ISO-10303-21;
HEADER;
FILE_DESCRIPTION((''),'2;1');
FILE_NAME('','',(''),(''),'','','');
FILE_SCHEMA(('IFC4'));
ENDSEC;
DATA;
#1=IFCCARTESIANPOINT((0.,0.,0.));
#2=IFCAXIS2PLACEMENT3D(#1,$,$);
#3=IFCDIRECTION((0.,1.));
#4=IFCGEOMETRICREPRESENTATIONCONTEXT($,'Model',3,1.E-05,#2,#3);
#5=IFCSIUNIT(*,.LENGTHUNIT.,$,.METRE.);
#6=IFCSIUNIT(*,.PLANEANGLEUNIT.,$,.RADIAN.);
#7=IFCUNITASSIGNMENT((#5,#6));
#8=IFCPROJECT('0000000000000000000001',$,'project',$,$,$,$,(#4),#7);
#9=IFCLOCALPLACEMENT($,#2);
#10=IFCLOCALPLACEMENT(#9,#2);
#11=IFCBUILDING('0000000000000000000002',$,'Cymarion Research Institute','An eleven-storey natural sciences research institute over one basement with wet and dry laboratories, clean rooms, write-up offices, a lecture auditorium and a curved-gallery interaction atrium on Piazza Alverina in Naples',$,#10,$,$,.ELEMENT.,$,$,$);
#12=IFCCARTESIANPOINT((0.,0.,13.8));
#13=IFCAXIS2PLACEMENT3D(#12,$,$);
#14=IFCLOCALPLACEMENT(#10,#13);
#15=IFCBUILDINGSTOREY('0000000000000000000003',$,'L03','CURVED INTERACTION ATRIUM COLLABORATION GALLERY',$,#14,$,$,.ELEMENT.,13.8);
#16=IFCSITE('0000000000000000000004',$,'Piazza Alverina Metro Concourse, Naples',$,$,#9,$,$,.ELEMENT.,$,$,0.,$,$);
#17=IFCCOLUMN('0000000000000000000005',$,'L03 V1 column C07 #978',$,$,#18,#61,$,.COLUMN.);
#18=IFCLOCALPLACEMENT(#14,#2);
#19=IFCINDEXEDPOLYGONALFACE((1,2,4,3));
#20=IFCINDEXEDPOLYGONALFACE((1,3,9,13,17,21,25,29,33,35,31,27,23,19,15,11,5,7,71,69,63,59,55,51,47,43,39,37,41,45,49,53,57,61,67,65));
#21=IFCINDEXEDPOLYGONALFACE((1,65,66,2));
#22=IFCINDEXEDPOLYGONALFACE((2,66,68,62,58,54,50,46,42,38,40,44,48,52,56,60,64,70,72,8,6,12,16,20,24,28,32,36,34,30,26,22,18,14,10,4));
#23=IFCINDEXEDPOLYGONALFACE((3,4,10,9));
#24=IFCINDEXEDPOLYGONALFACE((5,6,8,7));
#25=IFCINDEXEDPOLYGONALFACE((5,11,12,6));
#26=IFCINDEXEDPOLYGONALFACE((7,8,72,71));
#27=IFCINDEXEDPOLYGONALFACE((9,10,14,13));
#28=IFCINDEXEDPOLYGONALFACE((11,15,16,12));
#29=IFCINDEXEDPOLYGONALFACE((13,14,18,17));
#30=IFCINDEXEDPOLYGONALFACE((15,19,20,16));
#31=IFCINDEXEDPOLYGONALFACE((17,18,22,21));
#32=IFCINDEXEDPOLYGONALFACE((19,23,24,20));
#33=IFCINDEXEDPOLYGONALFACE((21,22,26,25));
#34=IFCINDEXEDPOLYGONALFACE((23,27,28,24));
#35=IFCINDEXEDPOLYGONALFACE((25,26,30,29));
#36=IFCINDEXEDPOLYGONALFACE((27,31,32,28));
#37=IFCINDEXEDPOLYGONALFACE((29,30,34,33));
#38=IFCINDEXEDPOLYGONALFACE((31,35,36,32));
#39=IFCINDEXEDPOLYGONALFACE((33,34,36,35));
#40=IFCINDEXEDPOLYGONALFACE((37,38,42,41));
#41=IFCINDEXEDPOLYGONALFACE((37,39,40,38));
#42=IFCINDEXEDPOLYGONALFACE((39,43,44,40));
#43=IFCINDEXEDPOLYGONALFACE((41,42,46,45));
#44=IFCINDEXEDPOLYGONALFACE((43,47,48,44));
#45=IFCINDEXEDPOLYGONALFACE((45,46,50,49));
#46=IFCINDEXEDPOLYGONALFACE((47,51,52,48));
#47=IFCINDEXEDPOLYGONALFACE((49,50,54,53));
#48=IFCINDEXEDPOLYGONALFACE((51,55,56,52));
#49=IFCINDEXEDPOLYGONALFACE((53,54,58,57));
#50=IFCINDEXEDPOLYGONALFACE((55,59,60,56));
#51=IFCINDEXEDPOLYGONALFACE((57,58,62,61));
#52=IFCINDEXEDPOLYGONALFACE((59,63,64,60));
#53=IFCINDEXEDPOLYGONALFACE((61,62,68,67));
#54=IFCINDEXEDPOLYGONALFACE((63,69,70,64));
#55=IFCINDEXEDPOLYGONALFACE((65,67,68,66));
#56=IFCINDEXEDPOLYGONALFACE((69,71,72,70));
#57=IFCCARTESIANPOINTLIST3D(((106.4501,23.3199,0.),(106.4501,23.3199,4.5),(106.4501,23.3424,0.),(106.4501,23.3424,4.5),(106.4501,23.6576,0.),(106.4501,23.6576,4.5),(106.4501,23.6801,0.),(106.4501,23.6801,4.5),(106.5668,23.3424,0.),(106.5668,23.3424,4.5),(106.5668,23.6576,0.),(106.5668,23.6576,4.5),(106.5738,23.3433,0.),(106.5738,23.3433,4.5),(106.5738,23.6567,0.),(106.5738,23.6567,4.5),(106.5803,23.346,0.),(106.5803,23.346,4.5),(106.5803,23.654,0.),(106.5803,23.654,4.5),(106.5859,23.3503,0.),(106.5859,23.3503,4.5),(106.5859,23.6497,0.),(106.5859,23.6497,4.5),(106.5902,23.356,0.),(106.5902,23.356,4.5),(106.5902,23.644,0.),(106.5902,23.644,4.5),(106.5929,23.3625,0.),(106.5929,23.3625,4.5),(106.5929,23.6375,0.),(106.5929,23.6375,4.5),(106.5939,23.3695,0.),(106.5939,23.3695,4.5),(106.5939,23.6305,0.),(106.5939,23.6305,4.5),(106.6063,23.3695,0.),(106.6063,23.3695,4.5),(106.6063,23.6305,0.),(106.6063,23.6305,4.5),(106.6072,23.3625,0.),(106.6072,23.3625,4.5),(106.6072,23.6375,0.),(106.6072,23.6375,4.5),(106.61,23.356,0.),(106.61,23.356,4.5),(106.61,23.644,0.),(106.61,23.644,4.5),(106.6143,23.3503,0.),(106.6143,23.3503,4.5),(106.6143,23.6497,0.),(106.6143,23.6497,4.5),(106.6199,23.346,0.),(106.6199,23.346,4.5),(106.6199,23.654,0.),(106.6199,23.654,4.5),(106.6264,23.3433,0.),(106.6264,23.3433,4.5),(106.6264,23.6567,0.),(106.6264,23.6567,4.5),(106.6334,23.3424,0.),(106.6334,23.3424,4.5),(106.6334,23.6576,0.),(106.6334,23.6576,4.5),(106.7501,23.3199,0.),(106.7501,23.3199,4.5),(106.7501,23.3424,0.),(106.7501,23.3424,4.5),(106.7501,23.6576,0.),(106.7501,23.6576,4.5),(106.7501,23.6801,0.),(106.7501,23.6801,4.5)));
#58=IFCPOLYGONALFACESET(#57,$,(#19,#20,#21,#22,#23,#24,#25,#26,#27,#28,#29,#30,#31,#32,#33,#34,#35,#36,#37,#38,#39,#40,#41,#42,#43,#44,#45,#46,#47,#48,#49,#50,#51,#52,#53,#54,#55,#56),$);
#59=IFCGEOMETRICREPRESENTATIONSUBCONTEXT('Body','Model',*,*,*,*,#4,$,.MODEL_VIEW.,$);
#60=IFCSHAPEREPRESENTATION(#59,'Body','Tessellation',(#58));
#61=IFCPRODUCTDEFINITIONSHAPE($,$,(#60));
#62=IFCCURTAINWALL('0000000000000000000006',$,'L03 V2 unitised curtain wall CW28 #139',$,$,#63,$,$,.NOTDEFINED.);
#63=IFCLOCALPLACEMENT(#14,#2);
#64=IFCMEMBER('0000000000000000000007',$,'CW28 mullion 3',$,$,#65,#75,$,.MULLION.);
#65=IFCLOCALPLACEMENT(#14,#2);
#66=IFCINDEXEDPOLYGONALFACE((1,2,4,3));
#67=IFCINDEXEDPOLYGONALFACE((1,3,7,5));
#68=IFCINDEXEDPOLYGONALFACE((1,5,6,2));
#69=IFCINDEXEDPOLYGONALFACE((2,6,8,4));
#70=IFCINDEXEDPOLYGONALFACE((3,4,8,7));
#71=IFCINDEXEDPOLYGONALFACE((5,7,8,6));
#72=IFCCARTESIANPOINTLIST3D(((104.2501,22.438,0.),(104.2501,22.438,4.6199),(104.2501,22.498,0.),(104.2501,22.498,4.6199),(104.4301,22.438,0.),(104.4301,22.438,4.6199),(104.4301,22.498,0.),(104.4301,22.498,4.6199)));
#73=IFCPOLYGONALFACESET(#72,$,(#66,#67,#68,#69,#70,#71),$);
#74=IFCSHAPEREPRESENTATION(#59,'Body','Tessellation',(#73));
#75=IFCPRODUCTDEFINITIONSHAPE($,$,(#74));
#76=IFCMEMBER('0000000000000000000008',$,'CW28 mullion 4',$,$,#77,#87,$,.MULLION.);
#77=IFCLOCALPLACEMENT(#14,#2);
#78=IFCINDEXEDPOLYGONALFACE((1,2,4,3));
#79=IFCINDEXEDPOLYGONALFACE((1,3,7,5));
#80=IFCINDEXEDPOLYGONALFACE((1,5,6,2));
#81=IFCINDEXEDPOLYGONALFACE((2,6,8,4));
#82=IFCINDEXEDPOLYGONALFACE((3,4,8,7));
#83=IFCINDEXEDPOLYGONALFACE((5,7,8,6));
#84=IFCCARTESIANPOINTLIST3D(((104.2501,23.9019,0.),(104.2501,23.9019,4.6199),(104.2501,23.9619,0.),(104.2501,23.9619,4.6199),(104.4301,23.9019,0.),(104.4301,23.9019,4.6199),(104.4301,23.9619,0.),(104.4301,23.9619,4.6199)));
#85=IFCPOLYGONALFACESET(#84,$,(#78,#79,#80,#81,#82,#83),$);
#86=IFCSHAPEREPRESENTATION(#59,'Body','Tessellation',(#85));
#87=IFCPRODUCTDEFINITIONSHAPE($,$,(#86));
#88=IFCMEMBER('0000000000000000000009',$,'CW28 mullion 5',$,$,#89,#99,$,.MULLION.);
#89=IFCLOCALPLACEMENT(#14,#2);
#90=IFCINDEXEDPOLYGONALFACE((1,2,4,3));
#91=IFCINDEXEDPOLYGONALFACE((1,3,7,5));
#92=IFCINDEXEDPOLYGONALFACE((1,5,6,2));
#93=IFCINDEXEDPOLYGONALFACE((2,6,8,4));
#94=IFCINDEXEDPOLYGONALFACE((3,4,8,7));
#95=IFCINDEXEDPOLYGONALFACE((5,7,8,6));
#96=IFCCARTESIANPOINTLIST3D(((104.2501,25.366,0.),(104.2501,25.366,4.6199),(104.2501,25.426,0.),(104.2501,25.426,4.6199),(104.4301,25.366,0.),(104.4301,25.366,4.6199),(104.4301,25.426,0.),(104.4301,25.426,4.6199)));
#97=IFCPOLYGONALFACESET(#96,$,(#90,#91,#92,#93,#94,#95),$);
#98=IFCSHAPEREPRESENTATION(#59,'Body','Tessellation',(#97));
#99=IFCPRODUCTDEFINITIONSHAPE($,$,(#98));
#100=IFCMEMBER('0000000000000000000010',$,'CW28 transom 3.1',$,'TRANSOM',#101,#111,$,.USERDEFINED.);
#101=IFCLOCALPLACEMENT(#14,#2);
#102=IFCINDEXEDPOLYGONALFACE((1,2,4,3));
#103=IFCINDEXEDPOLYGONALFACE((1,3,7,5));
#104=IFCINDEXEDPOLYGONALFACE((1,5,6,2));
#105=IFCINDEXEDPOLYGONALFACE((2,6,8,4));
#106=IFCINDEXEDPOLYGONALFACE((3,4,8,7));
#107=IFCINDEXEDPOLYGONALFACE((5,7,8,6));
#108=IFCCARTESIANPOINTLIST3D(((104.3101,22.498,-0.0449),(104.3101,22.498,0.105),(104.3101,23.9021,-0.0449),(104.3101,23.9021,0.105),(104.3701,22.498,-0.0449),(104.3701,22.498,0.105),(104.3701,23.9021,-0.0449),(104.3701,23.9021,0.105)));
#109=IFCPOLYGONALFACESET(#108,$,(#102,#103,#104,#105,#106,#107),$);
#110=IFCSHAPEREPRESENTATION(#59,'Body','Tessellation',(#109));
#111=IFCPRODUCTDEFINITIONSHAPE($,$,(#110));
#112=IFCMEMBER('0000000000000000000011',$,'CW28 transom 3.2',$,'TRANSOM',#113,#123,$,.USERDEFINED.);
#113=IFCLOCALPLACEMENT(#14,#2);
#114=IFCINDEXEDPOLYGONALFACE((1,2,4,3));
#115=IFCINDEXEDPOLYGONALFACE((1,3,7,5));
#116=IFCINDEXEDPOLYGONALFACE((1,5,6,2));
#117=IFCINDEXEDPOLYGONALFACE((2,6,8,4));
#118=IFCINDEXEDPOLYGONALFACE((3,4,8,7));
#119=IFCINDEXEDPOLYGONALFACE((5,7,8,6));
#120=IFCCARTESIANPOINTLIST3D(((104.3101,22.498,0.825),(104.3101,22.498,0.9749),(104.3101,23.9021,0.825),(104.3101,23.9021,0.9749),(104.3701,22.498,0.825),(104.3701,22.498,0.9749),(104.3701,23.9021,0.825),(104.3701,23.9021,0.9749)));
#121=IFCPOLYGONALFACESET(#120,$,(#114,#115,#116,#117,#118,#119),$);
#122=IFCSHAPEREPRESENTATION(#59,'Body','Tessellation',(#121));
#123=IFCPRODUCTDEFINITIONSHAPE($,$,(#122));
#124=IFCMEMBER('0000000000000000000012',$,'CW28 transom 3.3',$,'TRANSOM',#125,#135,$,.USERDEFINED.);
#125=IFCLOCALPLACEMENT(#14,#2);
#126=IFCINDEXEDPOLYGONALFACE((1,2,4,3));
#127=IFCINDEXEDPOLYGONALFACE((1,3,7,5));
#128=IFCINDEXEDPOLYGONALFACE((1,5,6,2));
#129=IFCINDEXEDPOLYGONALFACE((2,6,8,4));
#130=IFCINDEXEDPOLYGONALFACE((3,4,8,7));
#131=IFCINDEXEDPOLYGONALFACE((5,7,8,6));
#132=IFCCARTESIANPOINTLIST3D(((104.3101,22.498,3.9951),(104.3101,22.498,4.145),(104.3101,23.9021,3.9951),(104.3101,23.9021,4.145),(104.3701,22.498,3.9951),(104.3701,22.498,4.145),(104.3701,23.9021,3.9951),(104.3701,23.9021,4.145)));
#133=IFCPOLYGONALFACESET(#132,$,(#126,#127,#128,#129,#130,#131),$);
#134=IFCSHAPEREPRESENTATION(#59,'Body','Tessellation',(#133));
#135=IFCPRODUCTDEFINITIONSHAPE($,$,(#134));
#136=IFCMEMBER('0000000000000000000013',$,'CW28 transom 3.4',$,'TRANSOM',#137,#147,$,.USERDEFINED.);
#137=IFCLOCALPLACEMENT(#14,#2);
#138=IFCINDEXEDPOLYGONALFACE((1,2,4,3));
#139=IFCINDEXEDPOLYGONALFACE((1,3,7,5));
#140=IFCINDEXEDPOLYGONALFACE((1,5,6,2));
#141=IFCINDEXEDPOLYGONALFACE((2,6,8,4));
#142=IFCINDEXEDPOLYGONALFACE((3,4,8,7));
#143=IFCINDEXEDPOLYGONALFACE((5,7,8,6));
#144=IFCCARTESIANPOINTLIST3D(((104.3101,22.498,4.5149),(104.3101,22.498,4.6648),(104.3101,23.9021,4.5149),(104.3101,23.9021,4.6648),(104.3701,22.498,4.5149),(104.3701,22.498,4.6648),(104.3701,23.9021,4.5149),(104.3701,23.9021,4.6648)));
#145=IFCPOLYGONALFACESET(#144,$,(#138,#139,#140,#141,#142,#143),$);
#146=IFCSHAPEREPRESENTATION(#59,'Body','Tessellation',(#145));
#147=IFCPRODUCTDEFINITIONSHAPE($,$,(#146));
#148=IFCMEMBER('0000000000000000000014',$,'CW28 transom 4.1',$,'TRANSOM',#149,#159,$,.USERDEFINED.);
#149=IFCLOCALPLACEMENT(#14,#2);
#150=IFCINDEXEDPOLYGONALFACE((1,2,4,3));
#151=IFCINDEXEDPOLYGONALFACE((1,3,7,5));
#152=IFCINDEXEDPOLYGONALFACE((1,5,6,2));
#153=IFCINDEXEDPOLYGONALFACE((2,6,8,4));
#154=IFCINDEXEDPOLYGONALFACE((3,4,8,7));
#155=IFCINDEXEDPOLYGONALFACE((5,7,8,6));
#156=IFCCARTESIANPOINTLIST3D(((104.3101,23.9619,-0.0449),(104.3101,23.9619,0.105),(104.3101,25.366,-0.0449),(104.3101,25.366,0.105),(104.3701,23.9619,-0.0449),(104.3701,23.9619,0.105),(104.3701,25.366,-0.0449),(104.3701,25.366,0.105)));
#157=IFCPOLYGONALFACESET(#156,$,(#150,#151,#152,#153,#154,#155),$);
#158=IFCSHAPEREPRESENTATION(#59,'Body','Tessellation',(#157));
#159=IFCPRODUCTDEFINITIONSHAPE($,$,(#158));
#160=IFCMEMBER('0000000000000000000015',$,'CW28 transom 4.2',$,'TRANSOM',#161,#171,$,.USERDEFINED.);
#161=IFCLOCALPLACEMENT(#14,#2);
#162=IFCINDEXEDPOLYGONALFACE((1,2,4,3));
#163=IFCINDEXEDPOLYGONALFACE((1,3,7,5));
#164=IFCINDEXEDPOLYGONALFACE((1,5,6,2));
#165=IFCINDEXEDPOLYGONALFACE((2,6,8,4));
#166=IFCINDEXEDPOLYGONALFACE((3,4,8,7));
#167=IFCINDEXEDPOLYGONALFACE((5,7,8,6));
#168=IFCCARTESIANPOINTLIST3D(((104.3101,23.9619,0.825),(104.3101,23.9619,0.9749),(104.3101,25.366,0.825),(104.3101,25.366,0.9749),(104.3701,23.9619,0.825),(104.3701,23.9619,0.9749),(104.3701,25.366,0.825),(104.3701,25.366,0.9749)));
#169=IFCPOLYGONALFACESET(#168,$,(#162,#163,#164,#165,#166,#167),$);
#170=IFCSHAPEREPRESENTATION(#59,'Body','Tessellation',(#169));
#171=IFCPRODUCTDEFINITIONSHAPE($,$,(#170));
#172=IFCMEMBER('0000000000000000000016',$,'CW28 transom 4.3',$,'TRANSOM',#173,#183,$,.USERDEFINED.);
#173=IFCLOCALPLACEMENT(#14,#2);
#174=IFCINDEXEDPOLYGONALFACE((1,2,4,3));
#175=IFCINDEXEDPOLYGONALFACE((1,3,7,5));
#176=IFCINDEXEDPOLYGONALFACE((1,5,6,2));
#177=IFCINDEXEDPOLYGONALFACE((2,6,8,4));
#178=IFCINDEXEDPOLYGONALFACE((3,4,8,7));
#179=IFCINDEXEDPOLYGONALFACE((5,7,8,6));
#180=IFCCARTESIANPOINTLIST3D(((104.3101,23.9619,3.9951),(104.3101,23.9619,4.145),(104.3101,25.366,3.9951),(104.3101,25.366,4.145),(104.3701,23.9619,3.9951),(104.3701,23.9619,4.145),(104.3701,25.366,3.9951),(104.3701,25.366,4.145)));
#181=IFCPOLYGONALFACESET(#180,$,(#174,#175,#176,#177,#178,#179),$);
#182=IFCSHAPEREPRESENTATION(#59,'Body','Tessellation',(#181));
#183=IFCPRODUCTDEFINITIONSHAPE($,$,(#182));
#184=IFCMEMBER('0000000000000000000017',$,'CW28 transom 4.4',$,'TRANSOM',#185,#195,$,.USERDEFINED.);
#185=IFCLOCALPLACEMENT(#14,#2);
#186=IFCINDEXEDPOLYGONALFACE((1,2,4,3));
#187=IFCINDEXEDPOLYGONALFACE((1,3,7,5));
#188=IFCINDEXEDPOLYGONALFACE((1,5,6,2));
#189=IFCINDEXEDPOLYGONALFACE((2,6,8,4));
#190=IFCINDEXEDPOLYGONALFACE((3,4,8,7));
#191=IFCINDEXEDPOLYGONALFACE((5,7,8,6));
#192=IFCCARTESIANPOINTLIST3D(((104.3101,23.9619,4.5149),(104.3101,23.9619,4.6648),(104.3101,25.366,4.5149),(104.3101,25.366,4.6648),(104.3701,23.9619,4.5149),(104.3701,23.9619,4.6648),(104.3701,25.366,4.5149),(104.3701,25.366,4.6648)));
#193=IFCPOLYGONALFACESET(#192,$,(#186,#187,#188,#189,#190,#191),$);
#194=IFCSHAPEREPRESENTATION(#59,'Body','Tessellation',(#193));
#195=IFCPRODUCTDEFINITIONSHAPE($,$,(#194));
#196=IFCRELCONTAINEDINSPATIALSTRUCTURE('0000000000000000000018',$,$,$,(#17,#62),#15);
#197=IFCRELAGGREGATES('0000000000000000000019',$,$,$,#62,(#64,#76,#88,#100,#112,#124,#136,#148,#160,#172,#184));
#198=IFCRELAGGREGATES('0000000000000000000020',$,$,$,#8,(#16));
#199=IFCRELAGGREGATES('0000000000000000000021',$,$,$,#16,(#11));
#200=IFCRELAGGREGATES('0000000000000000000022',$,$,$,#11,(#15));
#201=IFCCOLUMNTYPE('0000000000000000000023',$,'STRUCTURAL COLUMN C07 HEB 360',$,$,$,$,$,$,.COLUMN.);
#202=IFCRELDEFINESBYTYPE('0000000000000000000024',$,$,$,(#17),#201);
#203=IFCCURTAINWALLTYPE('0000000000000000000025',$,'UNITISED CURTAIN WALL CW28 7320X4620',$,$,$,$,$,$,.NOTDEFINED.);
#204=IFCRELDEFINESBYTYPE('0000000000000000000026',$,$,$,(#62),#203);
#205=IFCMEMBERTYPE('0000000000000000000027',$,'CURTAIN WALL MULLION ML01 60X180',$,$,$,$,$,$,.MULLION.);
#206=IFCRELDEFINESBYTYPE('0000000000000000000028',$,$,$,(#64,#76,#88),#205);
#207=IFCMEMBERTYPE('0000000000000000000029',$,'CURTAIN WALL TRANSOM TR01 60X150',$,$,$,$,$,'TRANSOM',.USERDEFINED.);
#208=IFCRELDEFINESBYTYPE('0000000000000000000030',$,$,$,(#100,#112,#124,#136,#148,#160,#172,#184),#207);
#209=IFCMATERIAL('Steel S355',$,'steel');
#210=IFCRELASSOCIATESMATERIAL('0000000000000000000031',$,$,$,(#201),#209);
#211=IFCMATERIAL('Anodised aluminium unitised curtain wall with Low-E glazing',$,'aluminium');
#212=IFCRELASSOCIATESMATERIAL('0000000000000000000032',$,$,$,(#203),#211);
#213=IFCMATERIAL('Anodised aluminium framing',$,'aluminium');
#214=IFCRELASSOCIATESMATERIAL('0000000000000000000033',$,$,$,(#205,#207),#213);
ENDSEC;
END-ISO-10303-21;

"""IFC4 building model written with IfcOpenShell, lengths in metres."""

from ifc_helpers import new_model, si_unit, direction, frame, origin, origin_2d, place, context, subcontext, project, spatial, rectangle, i_section, extrude, material, material_profile, profile_set, type_object, element, aggregate, save


model = new_model("IFC4")

# Units and contexts
model_context = context("Model", 3, precision=1e-05, world=origin(), true_north=direction((0.0, 1.0)))
body_context = subcontext(model_context, "Body", "Model", "MODEL_VIEW")
ifc_project = project(units=[si_unit("LENGTHUNIT", "METRE"), si_unit("PLANEANGLEUNIT", "RADIAN")], contexts=[model_context])

# Site, building, storey
site_placement = place(None, origin())
site = spatial("IfcSite", under=ifc_project, at=site_placement, Name="Piazza Alverina Metro Concourse, Naples", CompositionType="ELEMENT", RefElevation=0.0)
building_placement = place(site_placement, origin())
building = spatial("IfcBuilding", under=site, at=building_placement, Name="Cymarion Research Institute", Description="An eleven-storey natural sciences research institute over one basement with wet and dry laboratories, clean rooms, write-up offices, a lecture auditorium and a curved-gallery interaction atrium on Piazza Alverina in Naples", CompositionType="ELEMENT")
storey_placement = place(building_placement, frame((0.0, 0.0, 13.8)))
storey = spatial("IfcBuildingStorey", under=building, at=storey_placement, Name="L03", Description="CURVED INTERACTION ATRIUM COLLABORATION GALLERY", CompositionType="ELEMENT", Elevation=13.8)

# Column
ifc_material_1 = material(Name="Steel S355", Category="steel")
ifc_material_profile_1 = material_profile(ifc_material_1, i_section(OverallWidth=0.3, OverallDepth=0.3601, WebThickness=0.0125, FlangeThickness=0.0225, FilletRadius=0.0271, at=origin_2d()), Name="HEB 360")
ifc_profile_set_1 = profile_set([ifc_material_profile_1], Name="Steel S355")
column_type = type_object("IfcColumnType", Name="STRUCTURAL COLUMN C07 HEB 360", PredefinedType="COLUMN", material=ifc_profile_set_1)
column_placement = place(storey_placement, frame((106.6001, 23.5, 0.0), z_axis=(0.0, 0.0, 1.0), x_axis=(1.0, 0.0, 0.0)))
element("IfcColumn", 1, at=column_placement, inside=storey, type_object=column_type, Name="L03 V1 column C07 #978", PredefinedType="COLUMN", context=body_context, shape_type="SweptSolid", body=[
    extrude(i_section(OverallWidth=0.3, OverallDepth=0.3601, WebThickness=0.0125, FlangeThickness=0.0225, FilletRadius=0.0271, at=origin_2d()), origin(), (0.0, 0.0, 1.0), 4.5),
])

# Curtain wall, members
ifc_material_2 = material(Name="Anodised aluminium unitised curtain wall with Low-E glazing", Category="aluminium")
curtain_wall_type = type_object("IfcCurtainWallType", Name="UNITISED CURTAIN WALL CW28 7320X4620", PredefinedType="NOTDEFINED", material=ifc_material_2)
curtain_wall_placement = place(storey_placement, origin())
curtain_wall = element("IfcCurtainWall", 2, at=curtain_wall_placement, inside=storey, type_object=curtain_wall_type, Name="L03 V2 unitised curtain wall CW28 #139", PredefinedType="NOTDEFINED")
ifc_material_3 = material(Name="Anodised aluminium framing", Category="aluminium")
ifc_material_profile_2 = material_profile(ifc_material_3, rectangle(XDim=0.0601, YDim=0.1799, at=origin_2d()), Name="ALU MULLION 60x180")
ifc_profile_set_2 = profile_set([ifc_material_profile_2], Name="Anodised aluminium framing")
member_type_1 = type_object("IfcMemberType", Name="CURTAIN WALL MULLION ML01 60X180", PredefinedType="MULLION", material=ifc_profile_set_2)
member_1_placement = place(storey_placement, frame((104.3401, 22.468, 0.0), z_axis=(0.0, 0.0, 1.0), x_axis=(0.0, 1.0, 0.0)))
member_1 = element("IfcMember", 3, at=member_1_placement, type_object=member_type_1, Name="CW28 mullion 3", PredefinedType="MULLION", context=body_context, shape_type="SweptSolid", body=[
    extrude(rectangle(XDim=0.0601, YDim=0.1799, at=origin_2d()), origin(), (0.0, 0.0, 1.0), 4.6199),
])
member_2_placement = place(storey_placement, frame((104.3401, 23.9319, 0.0), z_axis=(0.0, 0.0, 1.0), x_axis=(0.0, 1.0, 0.0)))
member_2 = element("IfcMember", 4, at=member_2_placement, type_object=member_type_1, Name="CW28 mullion 4", PredefinedType="MULLION", context=body_context, shape_type="SweptSolid", body=[
    extrude(rectangle(XDim=0.0601, YDim=0.1799, at=origin_2d()), origin(), (0.0, 0.0, 1.0), 4.6199),
])
member_3_placement = place(storey_placement, frame((104.3401, 25.396, 0.0), z_axis=(0.0, 0.0, 1.0), x_axis=(0.0, 1.0, 0.0)))
member_3 = element("IfcMember", 5, at=member_3_placement, type_object=member_type_1, Name="CW28 mullion 5", PredefinedType="MULLION", context=body_context, shape_type="SweptSolid", body=[
    extrude(rectangle(XDim=0.0601, YDim=0.1799, at=origin_2d()), origin(), (0.0, 0.0, 1.0), 4.6199),
])
ifc_material_profile_3 = material_profile(ifc_material_3, rectangle(XDim=0.0601, YDim=0.1499, at=origin_2d()), Name="ALU TRANSOM 60x150")
ifc_profile_set_3 = profile_set([ifc_material_profile_3], Name="Anodised aluminium framing")
member_type_2 = type_object("IfcMemberType", Name="CURTAIN WALL TRANSOM TR01 60X150", ElementType="TRANSOM", PredefinedType="USERDEFINED", material=ifc_profile_set_3)
member_4_placement = place(storey_placement, frame((104.3401, 22.498, 0.03), z_axis=(0.0, 1.0, 0.0), x_axis=(-1.0, 0.0, 0.0)))
member_4 = element("IfcMember", 6, at=member_4_placement, type_object=member_type_2, Name="CW28 transom 3.1", ObjectType="TRANSOM", PredefinedType="USERDEFINED", context=body_context, shape_type="SweptSolid", body=[
    extrude(rectangle(XDim=0.0601, YDim=0.1499, at=origin_2d()), origin(), (0.0, 0.0, 1.0), 1.4041),
])
member_5_placement = place(storey_placement, frame((104.3401, 22.498, 0.8999), z_axis=(0.0, 1.0, 0.0), x_axis=(-1.0, 0.0, 0.0)))
member_5 = element("IfcMember", 7, at=member_5_placement, type_object=member_type_2, Name="CW28 transom 3.2", ObjectType="TRANSOM", PredefinedType="USERDEFINED", context=body_context, shape_type="SweptSolid", body=[
    extrude(rectangle(XDim=0.0601, YDim=0.1499, at=origin_2d()), origin(), (0.0, 0.0, 1.0), 1.4041),
])
member_6_placement = place(storey_placement, frame((104.3401, 22.498, 4.0701), z_axis=(0.0, 1.0, 0.0), x_axis=(-1.0, 0.0, 0.0)))
member_6 = element("IfcMember", 8, at=member_6_placement, type_object=member_type_2, Name="CW28 transom 3.3", ObjectType="TRANSOM", PredefinedType="USERDEFINED", context=body_context, shape_type="SweptSolid", body=[
    extrude(rectangle(XDim=0.0601, YDim=0.1499, at=origin_2d()), origin(), (0.0, 0.0, 1.0), 1.4041),
])
member_7_placement = place(storey_placement, frame((104.3401, 22.498, 4.5898), z_axis=(0.0, 1.0, 0.0), x_axis=(-1.0, 0.0, 0.0)))
member_7 = element("IfcMember", 9, at=member_7_placement, type_object=member_type_2, Name="CW28 transom 3.4", ObjectType="TRANSOM", PredefinedType="USERDEFINED", context=body_context, shape_type="SweptSolid", body=[
    extrude(rectangle(XDim=0.0601, YDim=0.1499, at=origin_2d()), origin(), (0.0, 0.0, 1.0), 1.4041),
])
member_8_placement = place(storey_placement, frame((104.3401, 23.9619, 0.03), z_axis=(0.0, 1.0, 0.0), x_axis=(-1.0, 0.0, 0.0)))
member_8 = element("IfcMember", 10, at=member_8_placement, type_object=member_type_2, Name="CW28 transom 4.1", ObjectType="TRANSOM", PredefinedType="USERDEFINED", context=body_context, shape_type="SweptSolid", body=[
    extrude(rectangle(XDim=0.0601, YDim=0.1499, at=origin_2d()), origin(), (0.0, 0.0, 1.0), 1.4041),
])
member_9_placement = place(storey_placement, frame((104.3401, 23.9619, 0.8999), z_axis=(0.0, 1.0, 0.0), x_axis=(-1.0, 0.0, 0.0)))
member_9 = element("IfcMember", 11, at=member_9_placement, type_object=member_type_2, Name="CW28 transom 4.2", ObjectType="TRANSOM", PredefinedType="USERDEFINED", context=body_context, shape_type="SweptSolid", body=[
    extrude(rectangle(XDim=0.0601, YDim=0.1499, at=origin_2d()), origin(), (0.0, 0.0, 1.0), 1.4041),
])
member_10_placement = place(storey_placement, frame((104.3401, 23.9619, 4.0701), z_axis=(0.0, 1.0, 0.0), x_axis=(-1.0, 0.0, 0.0)))
member_10 = element("IfcMember", 12, at=member_10_placement, type_object=member_type_2, Name="CW28 transom 4.3", ObjectType="TRANSOM", PredefinedType="USERDEFINED", context=body_context, shape_type="SweptSolid", body=[
    extrude(rectangle(XDim=0.0601, YDim=0.1499, at=origin_2d()), origin(), (0.0, 0.0, 1.0), 1.4041),
])
member_11_placement = place(storey_placement, frame((104.3401, 23.9619, 4.5898), z_axis=(0.0, 1.0, 0.0), x_axis=(-1.0, 0.0, 0.0)))
member_11 = element("IfcMember", 13, at=member_11_placement, type_object=member_type_2, Name="CW28 transom 4.4", ObjectType="TRANSOM", PredefinedType="USERDEFINED", context=body_context, shape_type="SweptSolid", body=[
    extrude(rectangle(XDim=0.0601, YDim=0.1499, at=origin_2d()), origin(), (0.0, 0.0, 1.0), 1.4041),
])
aggregate(curtain_wall, [member_1, member_2, member_3, member_4, member_5, member_6, member_7, member_8, member_9, member_10, member_11])

save(model, "model.ifc")
